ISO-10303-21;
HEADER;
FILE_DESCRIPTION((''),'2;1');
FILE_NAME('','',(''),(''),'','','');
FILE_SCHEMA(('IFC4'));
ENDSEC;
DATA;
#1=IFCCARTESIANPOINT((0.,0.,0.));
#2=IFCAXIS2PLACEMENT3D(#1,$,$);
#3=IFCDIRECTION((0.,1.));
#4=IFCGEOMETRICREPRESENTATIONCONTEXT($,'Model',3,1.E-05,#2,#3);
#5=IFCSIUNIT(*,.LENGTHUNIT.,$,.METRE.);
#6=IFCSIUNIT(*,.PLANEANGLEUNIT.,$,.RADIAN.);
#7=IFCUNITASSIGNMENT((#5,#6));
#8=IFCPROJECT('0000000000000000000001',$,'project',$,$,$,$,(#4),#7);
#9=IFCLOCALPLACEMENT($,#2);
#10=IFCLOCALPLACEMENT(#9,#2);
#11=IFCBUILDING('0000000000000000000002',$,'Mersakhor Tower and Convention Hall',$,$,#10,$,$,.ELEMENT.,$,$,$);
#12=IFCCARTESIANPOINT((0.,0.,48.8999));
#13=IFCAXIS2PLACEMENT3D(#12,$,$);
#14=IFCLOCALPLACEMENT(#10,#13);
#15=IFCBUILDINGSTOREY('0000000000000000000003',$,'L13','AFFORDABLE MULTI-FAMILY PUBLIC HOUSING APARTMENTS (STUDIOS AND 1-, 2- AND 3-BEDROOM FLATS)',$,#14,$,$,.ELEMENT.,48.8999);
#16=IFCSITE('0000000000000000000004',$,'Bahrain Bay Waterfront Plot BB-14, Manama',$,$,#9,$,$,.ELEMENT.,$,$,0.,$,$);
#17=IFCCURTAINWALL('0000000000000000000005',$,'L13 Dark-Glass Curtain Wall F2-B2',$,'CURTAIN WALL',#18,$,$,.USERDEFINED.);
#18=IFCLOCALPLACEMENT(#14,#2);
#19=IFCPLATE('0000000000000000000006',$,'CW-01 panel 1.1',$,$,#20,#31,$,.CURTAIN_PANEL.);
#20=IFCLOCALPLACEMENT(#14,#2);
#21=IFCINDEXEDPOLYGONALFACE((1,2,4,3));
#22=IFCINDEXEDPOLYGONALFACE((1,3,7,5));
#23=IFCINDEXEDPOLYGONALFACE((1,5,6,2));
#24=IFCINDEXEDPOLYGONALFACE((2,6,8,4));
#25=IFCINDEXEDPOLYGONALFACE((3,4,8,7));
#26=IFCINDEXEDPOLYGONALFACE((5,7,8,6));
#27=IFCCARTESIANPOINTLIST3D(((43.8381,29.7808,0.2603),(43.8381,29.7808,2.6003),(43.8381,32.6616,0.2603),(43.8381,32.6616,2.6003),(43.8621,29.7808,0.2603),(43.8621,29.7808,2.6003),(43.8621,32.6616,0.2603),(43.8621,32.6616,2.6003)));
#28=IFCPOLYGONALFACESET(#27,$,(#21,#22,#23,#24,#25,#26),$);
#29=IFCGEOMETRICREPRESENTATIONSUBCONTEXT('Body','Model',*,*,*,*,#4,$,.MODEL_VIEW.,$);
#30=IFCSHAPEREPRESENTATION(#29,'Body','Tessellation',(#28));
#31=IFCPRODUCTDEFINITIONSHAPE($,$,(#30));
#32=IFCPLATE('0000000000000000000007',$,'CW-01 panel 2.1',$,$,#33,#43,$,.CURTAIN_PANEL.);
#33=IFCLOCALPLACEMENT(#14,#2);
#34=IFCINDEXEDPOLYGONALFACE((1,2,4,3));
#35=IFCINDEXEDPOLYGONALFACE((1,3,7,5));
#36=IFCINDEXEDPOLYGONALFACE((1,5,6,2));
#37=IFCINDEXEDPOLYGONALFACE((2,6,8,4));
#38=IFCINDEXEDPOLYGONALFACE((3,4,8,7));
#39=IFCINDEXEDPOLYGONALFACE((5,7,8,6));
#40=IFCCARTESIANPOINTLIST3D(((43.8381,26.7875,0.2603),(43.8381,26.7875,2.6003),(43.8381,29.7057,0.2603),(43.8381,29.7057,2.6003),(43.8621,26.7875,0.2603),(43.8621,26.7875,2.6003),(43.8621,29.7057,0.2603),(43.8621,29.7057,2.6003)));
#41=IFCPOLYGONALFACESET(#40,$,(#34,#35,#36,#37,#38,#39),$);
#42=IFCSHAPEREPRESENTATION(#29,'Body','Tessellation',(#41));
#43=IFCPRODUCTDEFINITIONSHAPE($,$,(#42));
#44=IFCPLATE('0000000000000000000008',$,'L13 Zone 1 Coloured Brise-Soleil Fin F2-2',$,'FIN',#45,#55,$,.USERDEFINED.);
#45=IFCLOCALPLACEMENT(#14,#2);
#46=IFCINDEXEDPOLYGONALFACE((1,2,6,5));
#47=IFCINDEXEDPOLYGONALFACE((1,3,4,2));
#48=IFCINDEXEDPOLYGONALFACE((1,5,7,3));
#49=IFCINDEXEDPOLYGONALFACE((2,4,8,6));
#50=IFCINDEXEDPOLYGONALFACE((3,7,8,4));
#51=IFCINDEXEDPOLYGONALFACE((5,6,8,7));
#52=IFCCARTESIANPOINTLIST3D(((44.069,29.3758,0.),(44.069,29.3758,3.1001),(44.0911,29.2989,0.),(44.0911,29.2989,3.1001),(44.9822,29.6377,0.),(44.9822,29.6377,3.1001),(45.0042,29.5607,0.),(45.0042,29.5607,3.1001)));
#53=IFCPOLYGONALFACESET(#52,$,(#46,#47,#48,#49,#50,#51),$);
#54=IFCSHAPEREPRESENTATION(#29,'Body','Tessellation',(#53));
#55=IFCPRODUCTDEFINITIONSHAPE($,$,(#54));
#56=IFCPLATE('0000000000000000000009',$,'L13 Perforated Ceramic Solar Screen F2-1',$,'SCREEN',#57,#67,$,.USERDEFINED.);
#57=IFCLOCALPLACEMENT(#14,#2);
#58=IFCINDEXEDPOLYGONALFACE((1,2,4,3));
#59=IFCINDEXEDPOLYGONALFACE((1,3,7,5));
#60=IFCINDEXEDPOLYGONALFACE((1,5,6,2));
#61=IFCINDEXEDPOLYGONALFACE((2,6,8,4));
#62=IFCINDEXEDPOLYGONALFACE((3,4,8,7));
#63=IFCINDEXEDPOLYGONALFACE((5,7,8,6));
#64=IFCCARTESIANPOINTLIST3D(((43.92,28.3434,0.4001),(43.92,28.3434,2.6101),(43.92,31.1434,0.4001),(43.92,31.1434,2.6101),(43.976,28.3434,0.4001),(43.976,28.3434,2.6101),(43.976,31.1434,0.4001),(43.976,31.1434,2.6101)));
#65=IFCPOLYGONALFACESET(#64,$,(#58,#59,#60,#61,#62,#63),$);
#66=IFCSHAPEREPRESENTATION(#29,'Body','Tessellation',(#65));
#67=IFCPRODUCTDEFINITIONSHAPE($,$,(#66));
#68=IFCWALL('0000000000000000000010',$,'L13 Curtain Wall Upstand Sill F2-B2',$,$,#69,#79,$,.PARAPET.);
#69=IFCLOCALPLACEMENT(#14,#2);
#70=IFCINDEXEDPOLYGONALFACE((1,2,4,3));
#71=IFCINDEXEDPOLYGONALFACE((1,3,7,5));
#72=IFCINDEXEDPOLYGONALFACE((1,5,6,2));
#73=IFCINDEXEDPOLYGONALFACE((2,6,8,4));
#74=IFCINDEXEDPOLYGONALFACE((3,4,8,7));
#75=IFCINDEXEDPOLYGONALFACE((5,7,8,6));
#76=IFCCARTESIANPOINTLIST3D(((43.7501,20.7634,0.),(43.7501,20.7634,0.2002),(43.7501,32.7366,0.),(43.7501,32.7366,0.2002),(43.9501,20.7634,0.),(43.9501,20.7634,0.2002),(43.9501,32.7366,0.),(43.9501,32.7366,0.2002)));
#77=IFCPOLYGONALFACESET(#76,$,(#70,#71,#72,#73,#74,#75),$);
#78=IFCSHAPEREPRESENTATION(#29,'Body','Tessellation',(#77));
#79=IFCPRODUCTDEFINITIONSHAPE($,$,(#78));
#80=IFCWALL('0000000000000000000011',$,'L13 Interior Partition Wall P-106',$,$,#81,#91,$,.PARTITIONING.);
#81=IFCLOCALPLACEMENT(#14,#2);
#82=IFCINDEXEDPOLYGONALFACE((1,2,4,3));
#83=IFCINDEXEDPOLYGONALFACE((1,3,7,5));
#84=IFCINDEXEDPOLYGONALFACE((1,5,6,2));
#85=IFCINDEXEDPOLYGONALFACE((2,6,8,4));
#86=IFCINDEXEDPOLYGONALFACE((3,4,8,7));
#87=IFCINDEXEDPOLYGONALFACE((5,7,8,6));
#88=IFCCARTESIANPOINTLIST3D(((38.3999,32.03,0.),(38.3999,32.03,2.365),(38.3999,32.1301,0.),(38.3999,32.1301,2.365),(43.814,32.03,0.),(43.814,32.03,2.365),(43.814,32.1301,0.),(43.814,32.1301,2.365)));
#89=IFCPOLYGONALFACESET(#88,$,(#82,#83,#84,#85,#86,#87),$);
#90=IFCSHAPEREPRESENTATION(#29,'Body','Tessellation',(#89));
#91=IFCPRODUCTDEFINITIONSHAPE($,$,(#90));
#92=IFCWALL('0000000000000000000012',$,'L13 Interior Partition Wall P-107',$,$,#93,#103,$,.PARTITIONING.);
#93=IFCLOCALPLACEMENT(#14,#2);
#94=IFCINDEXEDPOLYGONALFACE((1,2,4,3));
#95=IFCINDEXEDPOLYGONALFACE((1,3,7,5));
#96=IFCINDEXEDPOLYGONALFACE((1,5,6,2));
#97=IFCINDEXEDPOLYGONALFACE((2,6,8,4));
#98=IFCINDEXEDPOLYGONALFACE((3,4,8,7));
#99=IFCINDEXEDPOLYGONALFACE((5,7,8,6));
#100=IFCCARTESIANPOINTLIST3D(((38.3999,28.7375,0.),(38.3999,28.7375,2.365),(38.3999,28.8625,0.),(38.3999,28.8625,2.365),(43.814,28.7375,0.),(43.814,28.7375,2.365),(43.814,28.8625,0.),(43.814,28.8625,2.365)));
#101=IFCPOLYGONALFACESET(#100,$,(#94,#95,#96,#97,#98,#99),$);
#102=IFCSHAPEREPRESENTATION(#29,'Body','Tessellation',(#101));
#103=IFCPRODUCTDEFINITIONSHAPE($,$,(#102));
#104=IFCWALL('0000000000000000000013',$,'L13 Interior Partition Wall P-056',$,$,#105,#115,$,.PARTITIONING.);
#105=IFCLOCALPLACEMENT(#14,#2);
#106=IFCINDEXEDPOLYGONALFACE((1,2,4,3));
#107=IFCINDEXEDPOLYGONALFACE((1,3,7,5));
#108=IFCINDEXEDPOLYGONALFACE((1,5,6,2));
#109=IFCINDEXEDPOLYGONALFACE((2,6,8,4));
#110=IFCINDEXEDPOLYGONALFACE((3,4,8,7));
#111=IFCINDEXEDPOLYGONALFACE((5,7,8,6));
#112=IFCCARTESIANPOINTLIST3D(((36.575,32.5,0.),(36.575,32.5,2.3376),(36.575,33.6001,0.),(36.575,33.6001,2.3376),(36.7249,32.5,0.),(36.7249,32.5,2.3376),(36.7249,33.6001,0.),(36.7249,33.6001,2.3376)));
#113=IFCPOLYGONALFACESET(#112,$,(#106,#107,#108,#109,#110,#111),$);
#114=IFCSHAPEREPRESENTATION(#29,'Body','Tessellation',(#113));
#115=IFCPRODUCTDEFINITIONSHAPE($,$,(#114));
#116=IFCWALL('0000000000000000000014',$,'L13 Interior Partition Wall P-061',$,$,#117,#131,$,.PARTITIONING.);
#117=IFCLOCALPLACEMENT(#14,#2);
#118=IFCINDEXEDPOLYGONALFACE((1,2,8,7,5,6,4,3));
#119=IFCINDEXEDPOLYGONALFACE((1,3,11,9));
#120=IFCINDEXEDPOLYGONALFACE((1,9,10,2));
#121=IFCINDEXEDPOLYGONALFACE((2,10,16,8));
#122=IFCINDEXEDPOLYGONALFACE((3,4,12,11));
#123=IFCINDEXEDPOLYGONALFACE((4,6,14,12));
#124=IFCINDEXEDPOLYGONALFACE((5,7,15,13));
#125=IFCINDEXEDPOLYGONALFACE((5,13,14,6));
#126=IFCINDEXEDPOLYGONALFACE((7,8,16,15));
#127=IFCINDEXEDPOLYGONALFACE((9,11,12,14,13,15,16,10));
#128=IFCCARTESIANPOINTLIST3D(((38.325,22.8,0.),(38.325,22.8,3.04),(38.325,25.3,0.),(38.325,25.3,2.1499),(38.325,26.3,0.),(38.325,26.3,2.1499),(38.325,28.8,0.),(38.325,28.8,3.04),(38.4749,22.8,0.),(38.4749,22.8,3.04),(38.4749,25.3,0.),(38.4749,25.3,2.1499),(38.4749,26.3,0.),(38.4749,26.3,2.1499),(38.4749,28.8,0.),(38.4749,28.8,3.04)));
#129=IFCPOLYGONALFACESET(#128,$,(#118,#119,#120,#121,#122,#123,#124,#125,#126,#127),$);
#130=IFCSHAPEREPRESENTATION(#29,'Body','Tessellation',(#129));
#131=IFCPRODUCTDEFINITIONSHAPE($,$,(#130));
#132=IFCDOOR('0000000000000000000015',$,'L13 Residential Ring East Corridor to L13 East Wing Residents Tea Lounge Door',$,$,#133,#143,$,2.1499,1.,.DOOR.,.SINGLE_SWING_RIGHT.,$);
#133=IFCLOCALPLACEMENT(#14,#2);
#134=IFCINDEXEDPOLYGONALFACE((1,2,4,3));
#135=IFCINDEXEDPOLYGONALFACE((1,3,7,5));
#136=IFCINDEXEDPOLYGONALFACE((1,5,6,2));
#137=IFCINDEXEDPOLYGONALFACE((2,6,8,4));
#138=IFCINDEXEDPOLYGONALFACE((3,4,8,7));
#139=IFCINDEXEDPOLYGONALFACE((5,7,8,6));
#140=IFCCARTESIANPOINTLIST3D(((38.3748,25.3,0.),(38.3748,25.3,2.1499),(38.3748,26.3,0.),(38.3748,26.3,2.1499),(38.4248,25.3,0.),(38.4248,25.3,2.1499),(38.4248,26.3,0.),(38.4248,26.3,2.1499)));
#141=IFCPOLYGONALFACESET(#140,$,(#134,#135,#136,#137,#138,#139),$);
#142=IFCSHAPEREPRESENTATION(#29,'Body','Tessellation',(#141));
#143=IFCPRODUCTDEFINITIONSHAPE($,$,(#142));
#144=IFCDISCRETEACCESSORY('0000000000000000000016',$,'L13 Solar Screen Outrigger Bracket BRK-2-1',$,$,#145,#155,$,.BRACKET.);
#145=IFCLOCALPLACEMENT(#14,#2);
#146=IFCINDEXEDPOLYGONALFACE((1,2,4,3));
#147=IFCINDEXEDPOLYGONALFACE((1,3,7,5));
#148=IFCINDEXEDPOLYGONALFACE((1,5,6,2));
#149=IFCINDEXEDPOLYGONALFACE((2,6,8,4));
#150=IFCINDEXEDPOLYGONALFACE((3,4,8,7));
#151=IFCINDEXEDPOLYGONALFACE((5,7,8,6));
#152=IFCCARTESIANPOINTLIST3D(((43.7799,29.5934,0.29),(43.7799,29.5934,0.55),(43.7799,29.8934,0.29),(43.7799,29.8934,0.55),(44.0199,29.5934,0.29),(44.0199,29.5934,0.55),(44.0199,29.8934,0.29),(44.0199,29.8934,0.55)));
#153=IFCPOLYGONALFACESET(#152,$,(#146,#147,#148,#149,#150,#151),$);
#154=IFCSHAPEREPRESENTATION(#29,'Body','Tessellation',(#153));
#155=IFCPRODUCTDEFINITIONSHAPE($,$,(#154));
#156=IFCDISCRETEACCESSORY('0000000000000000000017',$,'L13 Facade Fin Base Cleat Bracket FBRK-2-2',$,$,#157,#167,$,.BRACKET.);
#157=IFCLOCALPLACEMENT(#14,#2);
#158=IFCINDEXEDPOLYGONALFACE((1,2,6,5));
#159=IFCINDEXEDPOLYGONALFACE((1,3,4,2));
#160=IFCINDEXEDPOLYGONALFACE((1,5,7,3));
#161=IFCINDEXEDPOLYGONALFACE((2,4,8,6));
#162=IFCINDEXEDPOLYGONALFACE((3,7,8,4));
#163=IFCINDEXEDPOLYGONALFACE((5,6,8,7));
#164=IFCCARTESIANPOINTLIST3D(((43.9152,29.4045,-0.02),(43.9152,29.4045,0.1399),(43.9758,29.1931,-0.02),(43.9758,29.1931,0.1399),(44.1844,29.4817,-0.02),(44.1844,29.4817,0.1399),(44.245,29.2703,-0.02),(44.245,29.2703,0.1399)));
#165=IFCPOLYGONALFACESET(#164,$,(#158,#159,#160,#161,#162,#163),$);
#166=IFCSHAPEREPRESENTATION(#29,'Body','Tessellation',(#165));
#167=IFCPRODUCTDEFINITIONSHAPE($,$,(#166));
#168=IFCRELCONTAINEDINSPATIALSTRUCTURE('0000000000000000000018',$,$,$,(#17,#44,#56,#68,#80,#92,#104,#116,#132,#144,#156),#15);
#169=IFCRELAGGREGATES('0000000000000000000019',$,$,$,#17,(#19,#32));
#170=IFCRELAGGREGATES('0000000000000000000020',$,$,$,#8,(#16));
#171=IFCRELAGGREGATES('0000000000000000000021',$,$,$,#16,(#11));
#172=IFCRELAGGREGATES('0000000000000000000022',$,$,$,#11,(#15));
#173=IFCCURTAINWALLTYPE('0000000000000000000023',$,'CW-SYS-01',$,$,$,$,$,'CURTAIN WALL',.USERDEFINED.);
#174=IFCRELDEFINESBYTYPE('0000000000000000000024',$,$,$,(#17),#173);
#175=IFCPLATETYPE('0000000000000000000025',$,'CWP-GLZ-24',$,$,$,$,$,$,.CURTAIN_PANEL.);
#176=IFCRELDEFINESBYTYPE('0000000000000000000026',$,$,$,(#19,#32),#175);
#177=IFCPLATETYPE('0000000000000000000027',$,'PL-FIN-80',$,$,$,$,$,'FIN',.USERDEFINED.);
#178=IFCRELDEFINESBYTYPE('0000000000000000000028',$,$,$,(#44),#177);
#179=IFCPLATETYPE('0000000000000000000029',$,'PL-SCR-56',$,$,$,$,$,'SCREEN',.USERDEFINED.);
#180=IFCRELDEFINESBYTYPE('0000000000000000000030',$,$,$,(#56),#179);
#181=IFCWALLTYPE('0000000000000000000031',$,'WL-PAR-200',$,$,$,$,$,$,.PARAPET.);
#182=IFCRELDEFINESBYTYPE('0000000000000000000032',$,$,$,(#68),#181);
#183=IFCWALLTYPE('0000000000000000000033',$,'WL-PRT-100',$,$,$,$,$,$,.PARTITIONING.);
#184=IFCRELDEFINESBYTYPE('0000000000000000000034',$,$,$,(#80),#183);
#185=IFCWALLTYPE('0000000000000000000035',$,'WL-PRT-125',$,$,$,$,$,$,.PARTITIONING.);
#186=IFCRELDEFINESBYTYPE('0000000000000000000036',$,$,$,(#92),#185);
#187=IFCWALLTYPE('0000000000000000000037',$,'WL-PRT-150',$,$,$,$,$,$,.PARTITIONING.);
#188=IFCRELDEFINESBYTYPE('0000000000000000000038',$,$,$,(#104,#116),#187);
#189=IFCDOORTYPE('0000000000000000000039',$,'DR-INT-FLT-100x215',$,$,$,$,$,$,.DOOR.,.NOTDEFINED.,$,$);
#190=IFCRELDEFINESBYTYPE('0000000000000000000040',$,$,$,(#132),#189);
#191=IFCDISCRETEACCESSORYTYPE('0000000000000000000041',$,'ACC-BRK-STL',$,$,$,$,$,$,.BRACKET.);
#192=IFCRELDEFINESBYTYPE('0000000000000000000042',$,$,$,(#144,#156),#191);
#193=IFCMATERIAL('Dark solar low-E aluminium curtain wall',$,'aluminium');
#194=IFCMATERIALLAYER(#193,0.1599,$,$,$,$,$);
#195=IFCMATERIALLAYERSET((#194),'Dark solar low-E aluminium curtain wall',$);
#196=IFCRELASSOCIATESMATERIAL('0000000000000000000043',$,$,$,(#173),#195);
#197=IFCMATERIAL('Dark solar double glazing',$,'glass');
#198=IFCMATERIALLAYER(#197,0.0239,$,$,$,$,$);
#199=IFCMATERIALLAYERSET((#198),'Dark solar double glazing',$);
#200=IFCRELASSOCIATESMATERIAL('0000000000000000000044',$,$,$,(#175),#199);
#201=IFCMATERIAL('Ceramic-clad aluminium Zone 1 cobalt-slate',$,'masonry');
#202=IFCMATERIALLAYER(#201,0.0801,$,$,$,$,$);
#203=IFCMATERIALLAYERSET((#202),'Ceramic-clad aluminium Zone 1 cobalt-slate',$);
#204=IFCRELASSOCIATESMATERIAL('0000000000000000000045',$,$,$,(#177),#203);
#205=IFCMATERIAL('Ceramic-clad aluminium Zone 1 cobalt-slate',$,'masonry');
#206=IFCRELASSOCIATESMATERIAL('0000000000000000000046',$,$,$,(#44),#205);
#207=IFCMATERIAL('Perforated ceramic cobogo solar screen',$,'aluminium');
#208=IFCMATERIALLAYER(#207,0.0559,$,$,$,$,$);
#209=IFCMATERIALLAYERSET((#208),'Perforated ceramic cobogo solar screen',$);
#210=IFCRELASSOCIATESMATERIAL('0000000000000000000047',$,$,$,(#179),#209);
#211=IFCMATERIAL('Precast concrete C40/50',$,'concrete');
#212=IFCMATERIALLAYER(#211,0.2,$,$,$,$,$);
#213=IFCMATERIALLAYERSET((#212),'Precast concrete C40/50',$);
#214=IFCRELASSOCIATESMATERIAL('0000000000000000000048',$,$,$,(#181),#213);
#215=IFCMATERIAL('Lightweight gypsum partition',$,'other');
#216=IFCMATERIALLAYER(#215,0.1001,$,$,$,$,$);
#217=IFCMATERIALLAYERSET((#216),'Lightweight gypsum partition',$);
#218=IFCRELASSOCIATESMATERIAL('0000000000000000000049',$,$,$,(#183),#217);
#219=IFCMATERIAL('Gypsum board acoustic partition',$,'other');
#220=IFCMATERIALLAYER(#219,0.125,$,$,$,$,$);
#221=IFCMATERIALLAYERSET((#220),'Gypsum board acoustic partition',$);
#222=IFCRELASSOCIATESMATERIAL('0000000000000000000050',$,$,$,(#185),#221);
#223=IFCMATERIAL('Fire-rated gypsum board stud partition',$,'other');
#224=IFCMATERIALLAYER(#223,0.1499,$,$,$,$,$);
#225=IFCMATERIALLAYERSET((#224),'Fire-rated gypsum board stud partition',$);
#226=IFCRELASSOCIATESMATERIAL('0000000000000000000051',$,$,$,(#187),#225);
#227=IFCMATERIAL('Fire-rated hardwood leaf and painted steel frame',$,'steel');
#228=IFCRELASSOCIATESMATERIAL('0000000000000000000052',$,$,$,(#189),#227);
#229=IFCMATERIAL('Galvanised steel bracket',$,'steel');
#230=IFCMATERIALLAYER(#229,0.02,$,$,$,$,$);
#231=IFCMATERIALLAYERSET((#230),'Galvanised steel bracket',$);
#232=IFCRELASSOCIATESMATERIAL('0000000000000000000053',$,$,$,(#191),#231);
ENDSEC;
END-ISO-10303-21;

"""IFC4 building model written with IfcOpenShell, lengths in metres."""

from ifc_helpers import new_model, si_unit, direction, frame, frame_2d, origin, origin_2d, place, context, subcontext, project, spatial, rectangle, extrude, material, layer, layer_set, type_object, element, fill, aggregate, save


model = new_model("IFC4")

# Units and contexts
model_context = context("Model", 3, precision=1e-05, world=origin(), true_north=direction((0.0, 1.0)))
body_context = subcontext(model_context, "Body", "Model", "MODEL_VIEW")
ifc_project = project(units=[si_unit("LENGTHUNIT", "METRE"), si_unit("PLANEANGLEUNIT", "RADIAN")], contexts=[model_context])

# Site, building, storey
site_placement = place(None, origin())
site = spatial("IfcSite", under=ifc_project, at=site_placement, Name="Bahrain Bay Waterfront Plot BB-14, Manama", CompositionType="ELEMENT", RefElevation=0.0)
building_placement = place(site_placement, origin())
building = spatial("IfcBuilding", under=site, at=building_placement, Name="Mersakhor Tower and Convention Hall", CompositionType="ELEMENT")
storey_placement = place(building_placement, frame((0.0, 0.0, 48.8999)))
storey = spatial("IfcBuildingStorey", under=building, at=storey_placement, Name="L13", Description="AFFORDABLE MULTI-FAMILY PUBLIC HOUSING APARTMENTS (STUDIOS AND 1-, 2- AND 3-BEDROOM FLATS)", CompositionType="ELEMENT", Elevation=48.8999)

# Curtain wall, plates
ifc_material_1 = material(Name="Dark solar low-E aluminium curtain wall", Category="aluminium")
ifc_layer_1 = layer(ifc_material_1, 0.1599)
ifc_layer_set_1 = layer_set([ifc_layer_1], Name="Dark solar low-E aluminium curtain wall")
curtain_wall_type = type_object("IfcCurtainWallType", Name="CW-SYS-01", ElementType="CURTAIN WALL", PredefinedType="USERDEFINED", material=ifc_layer_set_1)
curtain_wall_placement = place(storey_placement, origin())
curtain_wall = element("IfcCurtainWall", 1, at=curtain_wall_placement, inside=storey, type_object=curtain_wall_type, Name="L13 Dark-Glass Curtain Wall F2-B2", ObjectType="CURTAIN WALL", PredefinedType="USERDEFINED")
ifc_material_2 = material(Name="Dark solar double glazing", Category="glass")
ifc_layer_2 = layer(ifc_material_2, 0.0239)
ifc_layer_set_2 = layer_set([ifc_layer_2], Name="Dark solar double glazing")
plate_type_1 = type_object("IfcPlateType", Name="CWP-GLZ-24", PredefinedType="CURTAIN_PANEL", material=ifc_layer_set_2)
plate_1_placement = place(storey_placement, frame((43.8501, 31.2212, 0.2603), z_axis=(0.0, 0.0, 1.0), x_axis=(0.0, -1.0, 0.0)))
plate_1 = element("IfcPlate", 2, at=plate_1_placement, type_object=plate_type_1, Name="CW-01 panel 1.1", PredefinedType="CURTAIN_PANEL", context=body_context, shape_type="SweptSolid", body=[
    extrude(rectangle(XDim=2.8809, YDim=0.0239, at=origin_2d()), origin(), (0.0, 0.0, 1.0), 2.3401),
])
plate_2_placement = place(storey_placement, frame((43.8501, 28.2466, 0.2603), z_axis=(0.0, 0.0, 1.0), x_axis=(0.0, -1.0, 0.0)))
plate_2 = element("IfcPlate", 3, at=plate_2_placement, type_object=plate_type_1, Name="CW-01 panel 2.1", PredefinedType="CURTAIN_PANEL", context=body_context, shape_type="SweptSolid", body=[
    extrude(rectangle(XDim=2.9182, YDim=0.0239, at=origin_2d()), origin(), (0.0, 0.0, 1.0), 2.3401),
])
aggregate(curtain_wall, [plate_1, plate_2])

# Plates
ifc_material_3 = material(Name="Ceramic-clad aluminium Zone 1 cobalt-slate", Category="masonry")
ifc_material_4 = material(Name="Ceramic-clad aluminium Zone 1 cobalt-slate", Category="masonry")
ifc_layer_3 = layer(ifc_material_4, 0.0801)
ifc_layer_set_3 = layer_set([ifc_layer_3], Name="Ceramic-clad aluminium Zone 1 cobalt-slate")
plate_type_2 = type_object("IfcPlateType", Name="PL-FIN-80", ElementType="FIN", PredefinedType="USERDEFINED", material=ifc_layer_set_3)
plate_3_placement = place(storey_placement, frame((44.5366, 29.4683, 0.0), z_axis=(0.0, 0.0, 1.0), x_axis=(0.961262, 0.275637, 0.0)))
element("IfcPlate", 4, at=plate_3_placement, inside=storey, type_object=plate_type_2, material=ifc_material_3, Name="L13 Zone 1 Coloured Brise-Soleil Fin F2-2", ObjectType="FIN", PredefinedType="USERDEFINED", context=body_context, shape_type="SweptSolid", body=[
    extrude(rectangle(XDim=0.95, YDim=0.0801, at=origin_2d()), origin(), (0.0, 0.0, 1.0), 3.1001),
])
ifc_material_5 = material(Name="Perforated ceramic cobogo solar screen", Category="aluminium")
ifc_layer_4 = layer(ifc_material_5, 0.0559)
ifc_layer_set_4 = layer_set([ifc_layer_4], Name="Perforated ceramic cobogo solar screen")
plate_type_3 = type_object("IfcPlateType", Name="PL-SCR-56", ElementType="SCREEN", PredefinedType="USERDEFINED", material=ifc_layer_set_4)
plate_4_placement = place(storey_placement, frame((43.948, 29.7434, 0.4001), z_axis=(0.0, 0.0, 1.0), x_axis=(0.0, -1.0, 0.0)))
element("IfcPlate", 5, at=plate_4_placement, inside=storey, type_object=plate_type_3, Name="L13 Perforated Ceramic Solar Screen F2-1", ObjectType="SCREEN", PredefinedType="USERDEFINED", context=body_context, shape_type="SweptSolid", body=[
    extrude(rectangle(XDim=2.8, YDim=0.0559, at=origin_2d()), origin(), (0.0, 0.0, 1.0), 2.21),
])

# Walls
ifc_material_6 = material(Name="Precast concrete C40/50", Category="concrete")
ifc_layer_5 = layer(ifc_material_6, 0.2)
ifc_layer_set_5 = layer_set([ifc_layer_5], Name="Precast concrete C40/50")
wall_type_1 = type_object("IfcWallType", Name="WL-PAR-200", PredefinedType="PARAPET", material=ifc_layer_set_5)
wall_1_placement = place(storey_placement, frame((43.8501, 32.7366, 0.0), z_axis=(0.0, 0.0, 1.0), x_axis=(0.0, -1.0, 0.0)))
element("IfcWall", 6, at=wall_1_placement, inside=storey, type_object=wall_type_1, Name="L13 Curtain Wall Upstand Sill F2-B2", PredefinedType="PARAPET", context=body_context, shape_type="SweptSolid", body=[
    extrude(rectangle(XDim=11.9731, YDim=0.2, at=frame_2d((5.9866, 0.0))), origin(), (0.0, 0.0, 1.0), 0.2002),
])
ifc_material_7 = material(Name="Lightweight gypsum partition", Category="other")
ifc_layer_6 = layer(ifc_material_7, 0.1001)
ifc_layer_set_6 = layer_set([ifc_layer_6], Name="Lightweight gypsum partition")
wall_type_2 = type_object("IfcWallType", Name="WL-PRT-100", PredefinedType="PARTITIONING", material=ifc_layer_set_6)
wall_2_placement = place(storey_placement, frame((38.3999, 32.0801, 0.0), z_axis=(0.0, 0.0, 1.0), x_axis=(1.0, 0.0, 0.0)))
element("IfcWall", 7, at=wall_2_placement, inside=storey, type_object=wall_type_2, Name="L13 Interior Partition Wall P-106", PredefinedType="PARTITIONING", context=body_context, shape_type="SweptSolid", body=[
    extrude(rectangle(XDim=5.4141, YDim=0.1001, at=frame_2d((2.707, 0.0))), origin(), (0.0, 0.0, 1.0), 2.365),
])
ifc_material_8 = material(Name="Gypsum board acoustic partition", Category="other")
ifc_layer_7 = layer(ifc_material_8, 0.125)
ifc_layer_set_7 = layer_set([ifc_layer_7], Name="Gypsum board acoustic partition")
wall_type_3 = type_object("IfcWallType", Name="WL-PRT-125", PredefinedType="PARTITIONING", material=ifc_layer_set_7)
wall_3_placement = place(storey_placement, frame((43.814, 28.8, 0.0), z_axis=(0.0, 0.0, 1.0), x_axis=(-1.0, 0.0, 0.0)))
element("IfcWall", 8, at=wall_3_placement, inside=storey, type_object=wall_type_3, Name="L13 Interior Partition Wall P-107", PredefinedType="PARTITIONING", context=body_context, shape_type="SweptSolid", body=[
    extrude(rectangle(XDim=5.4141, YDim=0.125, at=frame_2d((2.707, 0.0))), origin(), (0.0, 0.0, 1.0), 2.365),
])
ifc_material_9 = material(Name="Fire-rated gypsum board stud partition", Category="other")
ifc_layer_8 = layer(ifc_material_9, 0.1499)
ifc_layer_set_8 = layer_set([ifc_layer_8], Name="Fire-rated gypsum board stud partition")
wall_type_4 = type_object("IfcWallType", Name="WL-PRT-150", PredefinedType="PARTITIONING", material=ifc_layer_set_8)
wall_4_placement = place(storey_placement, frame((36.6499, 32.5, 0.0), z_axis=(0.0, 0.0, 1.0), x_axis=(0.0, 1.0, 0.0)))
element("IfcWall", 9, at=wall_4_placement, inside=storey, type_object=wall_type_4, Name="L13 Interior Partition Wall P-056", PredefinedType="PARTITIONING", context=body_context, shape_type="SweptSolid", body=[
    extrude(rectangle(XDim=1.1001, YDim=0.1499, at=frame_2d((0.55, 0.0))), origin(), (0.0, 0.0, 1.0), 2.3376),
])

# Wall, opening, door
ifc_material_10 = material(Name="Fire-rated hardwood leaf and painted steel frame", Category="steel")
door_type = type_object("IfcDoorType", Name="DR-INT-FLT-100x215", OperationType="NOTDEFINED", PredefinedType="DOOR", material=ifc_material_10)
wall_5_placement = place(storey_placement, frame((38.3999, 28.8, 0.0), z_axis=(0.0, 0.0, 1.0), x_axis=(0.0, -1.0, 0.0)))
wall_5 = element("IfcWall", 10, at=wall_5_placement, inside=storey, type_object=wall_type_4, Name="L13 Interior Partition Wall P-061", PredefinedType="PARTITIONING", context=body_context, shape_type="SweptSolid", body=[
    extrude(rectangle(XDim=6.0, YDim=0.1499, at=frame_2d((3.0, 0.0))), origin(), (0.0, 0.0, 1.0), 3.04),
])
opening_1_placement = place(wall_5_placement, frame((2.5, 0.0, 0.0)))
opening_1 = element("IfcOpeningElement", 11, at=opening_1_placement, cuts=wall_5, PredefinedType="OPENING", context=body_context, shape_type="SweptSolid", body=[
    extrude(rectangle(XDim=1.0, YDim=2.1499, at=frame_2d((0.5, 1.075))), frame((0.0, 0.085, 0.0), z_axis=(0.0, -1.0, 0.0), x_axis=(1.0, 0.0, 0.0)), (0.0, 0.0, 1.0), 0.1699),
])
door_1_placement = place(opening_1_placement, origin())
door_1 = element("IfcDoor", 12, at=door_1_placement, inside=storey, type_object=door_type, Name="L13 Residential Ring East Corridor to L13 East Wing Residents Tea Lounge Door", OperationType="SINGLE_SWING_RIGHT", OverallHeight=2.1499, OverallWidth=1.0, PredefinedType="DOOR", context=body_context, shape_type="SweptSolid", body=[
    extrude(rectangle(XDim=1.0, YDim=2.1499, at=frame_2d((0.5, 1.075))), frame((0.0, 0.0249, 0.0), z_axis=(0.0, -1.0, 0.0), x_axis=(1.0, 0.0, 0.0)), (0.0, 0.0, 1.0), 0.05),
])
fill(opening_1, door_1)

# Discrete accessories
ifc_material_11 = material(Name="Galvanised steel bracket", Category="steel")
ifc_layer_9 = layer(ifc_material_11, 0.02)
ifc_layer_set_9 = layer_set([ifc_layer_9], Name="Galvanised steel bracket")
discrete_accessory_type = type_object("IfcDiscreteAccessoryType", Name="ACC-BRK-STL", PredefinedType="BRACKET", material=ifc_layer_set_9)
discrete_accessory_1_placement = place(storey_placement, frame((43.8999, 29.7434, 0.29), z_axis=(0.0, 0.0, 1.0), x_axis=(0.0, -1.0, 0.0)))
element("IfcDiscreteAccessory", 13, at=discrete_accessory_1_placement, inside=storey, type_object=discrete_accessory_type, Name="L13 Solar Screen Outrigger Bracket BRK-2-1", PredefinedType="BRACKET", context=body_context, shape_type="SweptSolid", body=[
    extrude(rectangle(XDim=0.3, YDim=0.24, at=origin_2d()), origin(), (0.0, 0.0, 1.0), 0.26),
])
discrete_accessory_2_placement = place(storey_placement, frame((44.0801, 29.3374, -0.02), z_axis=(0.0, 0.0, 1.0), x_axis=(0.961262, 0.275637, 0.0)))
element("IfcDiscreteAccessory", 14, at=discrete_accessory_2_placement, inside=storey, type_object=discrete_accessory_type, Name="L13 Facade Fin Base Cleat Bracket FBRK-2-2", PredefinedType="BRACKET", context=body_context, shape_type="SweptSolid", body=[
    extrude(rectangle(XDim=0.28, YDim=0.22, at=origin_2d()), origin(), (0.0, 0.0, 1.0), 0.1599),
])

save(model, "model.ifc")
